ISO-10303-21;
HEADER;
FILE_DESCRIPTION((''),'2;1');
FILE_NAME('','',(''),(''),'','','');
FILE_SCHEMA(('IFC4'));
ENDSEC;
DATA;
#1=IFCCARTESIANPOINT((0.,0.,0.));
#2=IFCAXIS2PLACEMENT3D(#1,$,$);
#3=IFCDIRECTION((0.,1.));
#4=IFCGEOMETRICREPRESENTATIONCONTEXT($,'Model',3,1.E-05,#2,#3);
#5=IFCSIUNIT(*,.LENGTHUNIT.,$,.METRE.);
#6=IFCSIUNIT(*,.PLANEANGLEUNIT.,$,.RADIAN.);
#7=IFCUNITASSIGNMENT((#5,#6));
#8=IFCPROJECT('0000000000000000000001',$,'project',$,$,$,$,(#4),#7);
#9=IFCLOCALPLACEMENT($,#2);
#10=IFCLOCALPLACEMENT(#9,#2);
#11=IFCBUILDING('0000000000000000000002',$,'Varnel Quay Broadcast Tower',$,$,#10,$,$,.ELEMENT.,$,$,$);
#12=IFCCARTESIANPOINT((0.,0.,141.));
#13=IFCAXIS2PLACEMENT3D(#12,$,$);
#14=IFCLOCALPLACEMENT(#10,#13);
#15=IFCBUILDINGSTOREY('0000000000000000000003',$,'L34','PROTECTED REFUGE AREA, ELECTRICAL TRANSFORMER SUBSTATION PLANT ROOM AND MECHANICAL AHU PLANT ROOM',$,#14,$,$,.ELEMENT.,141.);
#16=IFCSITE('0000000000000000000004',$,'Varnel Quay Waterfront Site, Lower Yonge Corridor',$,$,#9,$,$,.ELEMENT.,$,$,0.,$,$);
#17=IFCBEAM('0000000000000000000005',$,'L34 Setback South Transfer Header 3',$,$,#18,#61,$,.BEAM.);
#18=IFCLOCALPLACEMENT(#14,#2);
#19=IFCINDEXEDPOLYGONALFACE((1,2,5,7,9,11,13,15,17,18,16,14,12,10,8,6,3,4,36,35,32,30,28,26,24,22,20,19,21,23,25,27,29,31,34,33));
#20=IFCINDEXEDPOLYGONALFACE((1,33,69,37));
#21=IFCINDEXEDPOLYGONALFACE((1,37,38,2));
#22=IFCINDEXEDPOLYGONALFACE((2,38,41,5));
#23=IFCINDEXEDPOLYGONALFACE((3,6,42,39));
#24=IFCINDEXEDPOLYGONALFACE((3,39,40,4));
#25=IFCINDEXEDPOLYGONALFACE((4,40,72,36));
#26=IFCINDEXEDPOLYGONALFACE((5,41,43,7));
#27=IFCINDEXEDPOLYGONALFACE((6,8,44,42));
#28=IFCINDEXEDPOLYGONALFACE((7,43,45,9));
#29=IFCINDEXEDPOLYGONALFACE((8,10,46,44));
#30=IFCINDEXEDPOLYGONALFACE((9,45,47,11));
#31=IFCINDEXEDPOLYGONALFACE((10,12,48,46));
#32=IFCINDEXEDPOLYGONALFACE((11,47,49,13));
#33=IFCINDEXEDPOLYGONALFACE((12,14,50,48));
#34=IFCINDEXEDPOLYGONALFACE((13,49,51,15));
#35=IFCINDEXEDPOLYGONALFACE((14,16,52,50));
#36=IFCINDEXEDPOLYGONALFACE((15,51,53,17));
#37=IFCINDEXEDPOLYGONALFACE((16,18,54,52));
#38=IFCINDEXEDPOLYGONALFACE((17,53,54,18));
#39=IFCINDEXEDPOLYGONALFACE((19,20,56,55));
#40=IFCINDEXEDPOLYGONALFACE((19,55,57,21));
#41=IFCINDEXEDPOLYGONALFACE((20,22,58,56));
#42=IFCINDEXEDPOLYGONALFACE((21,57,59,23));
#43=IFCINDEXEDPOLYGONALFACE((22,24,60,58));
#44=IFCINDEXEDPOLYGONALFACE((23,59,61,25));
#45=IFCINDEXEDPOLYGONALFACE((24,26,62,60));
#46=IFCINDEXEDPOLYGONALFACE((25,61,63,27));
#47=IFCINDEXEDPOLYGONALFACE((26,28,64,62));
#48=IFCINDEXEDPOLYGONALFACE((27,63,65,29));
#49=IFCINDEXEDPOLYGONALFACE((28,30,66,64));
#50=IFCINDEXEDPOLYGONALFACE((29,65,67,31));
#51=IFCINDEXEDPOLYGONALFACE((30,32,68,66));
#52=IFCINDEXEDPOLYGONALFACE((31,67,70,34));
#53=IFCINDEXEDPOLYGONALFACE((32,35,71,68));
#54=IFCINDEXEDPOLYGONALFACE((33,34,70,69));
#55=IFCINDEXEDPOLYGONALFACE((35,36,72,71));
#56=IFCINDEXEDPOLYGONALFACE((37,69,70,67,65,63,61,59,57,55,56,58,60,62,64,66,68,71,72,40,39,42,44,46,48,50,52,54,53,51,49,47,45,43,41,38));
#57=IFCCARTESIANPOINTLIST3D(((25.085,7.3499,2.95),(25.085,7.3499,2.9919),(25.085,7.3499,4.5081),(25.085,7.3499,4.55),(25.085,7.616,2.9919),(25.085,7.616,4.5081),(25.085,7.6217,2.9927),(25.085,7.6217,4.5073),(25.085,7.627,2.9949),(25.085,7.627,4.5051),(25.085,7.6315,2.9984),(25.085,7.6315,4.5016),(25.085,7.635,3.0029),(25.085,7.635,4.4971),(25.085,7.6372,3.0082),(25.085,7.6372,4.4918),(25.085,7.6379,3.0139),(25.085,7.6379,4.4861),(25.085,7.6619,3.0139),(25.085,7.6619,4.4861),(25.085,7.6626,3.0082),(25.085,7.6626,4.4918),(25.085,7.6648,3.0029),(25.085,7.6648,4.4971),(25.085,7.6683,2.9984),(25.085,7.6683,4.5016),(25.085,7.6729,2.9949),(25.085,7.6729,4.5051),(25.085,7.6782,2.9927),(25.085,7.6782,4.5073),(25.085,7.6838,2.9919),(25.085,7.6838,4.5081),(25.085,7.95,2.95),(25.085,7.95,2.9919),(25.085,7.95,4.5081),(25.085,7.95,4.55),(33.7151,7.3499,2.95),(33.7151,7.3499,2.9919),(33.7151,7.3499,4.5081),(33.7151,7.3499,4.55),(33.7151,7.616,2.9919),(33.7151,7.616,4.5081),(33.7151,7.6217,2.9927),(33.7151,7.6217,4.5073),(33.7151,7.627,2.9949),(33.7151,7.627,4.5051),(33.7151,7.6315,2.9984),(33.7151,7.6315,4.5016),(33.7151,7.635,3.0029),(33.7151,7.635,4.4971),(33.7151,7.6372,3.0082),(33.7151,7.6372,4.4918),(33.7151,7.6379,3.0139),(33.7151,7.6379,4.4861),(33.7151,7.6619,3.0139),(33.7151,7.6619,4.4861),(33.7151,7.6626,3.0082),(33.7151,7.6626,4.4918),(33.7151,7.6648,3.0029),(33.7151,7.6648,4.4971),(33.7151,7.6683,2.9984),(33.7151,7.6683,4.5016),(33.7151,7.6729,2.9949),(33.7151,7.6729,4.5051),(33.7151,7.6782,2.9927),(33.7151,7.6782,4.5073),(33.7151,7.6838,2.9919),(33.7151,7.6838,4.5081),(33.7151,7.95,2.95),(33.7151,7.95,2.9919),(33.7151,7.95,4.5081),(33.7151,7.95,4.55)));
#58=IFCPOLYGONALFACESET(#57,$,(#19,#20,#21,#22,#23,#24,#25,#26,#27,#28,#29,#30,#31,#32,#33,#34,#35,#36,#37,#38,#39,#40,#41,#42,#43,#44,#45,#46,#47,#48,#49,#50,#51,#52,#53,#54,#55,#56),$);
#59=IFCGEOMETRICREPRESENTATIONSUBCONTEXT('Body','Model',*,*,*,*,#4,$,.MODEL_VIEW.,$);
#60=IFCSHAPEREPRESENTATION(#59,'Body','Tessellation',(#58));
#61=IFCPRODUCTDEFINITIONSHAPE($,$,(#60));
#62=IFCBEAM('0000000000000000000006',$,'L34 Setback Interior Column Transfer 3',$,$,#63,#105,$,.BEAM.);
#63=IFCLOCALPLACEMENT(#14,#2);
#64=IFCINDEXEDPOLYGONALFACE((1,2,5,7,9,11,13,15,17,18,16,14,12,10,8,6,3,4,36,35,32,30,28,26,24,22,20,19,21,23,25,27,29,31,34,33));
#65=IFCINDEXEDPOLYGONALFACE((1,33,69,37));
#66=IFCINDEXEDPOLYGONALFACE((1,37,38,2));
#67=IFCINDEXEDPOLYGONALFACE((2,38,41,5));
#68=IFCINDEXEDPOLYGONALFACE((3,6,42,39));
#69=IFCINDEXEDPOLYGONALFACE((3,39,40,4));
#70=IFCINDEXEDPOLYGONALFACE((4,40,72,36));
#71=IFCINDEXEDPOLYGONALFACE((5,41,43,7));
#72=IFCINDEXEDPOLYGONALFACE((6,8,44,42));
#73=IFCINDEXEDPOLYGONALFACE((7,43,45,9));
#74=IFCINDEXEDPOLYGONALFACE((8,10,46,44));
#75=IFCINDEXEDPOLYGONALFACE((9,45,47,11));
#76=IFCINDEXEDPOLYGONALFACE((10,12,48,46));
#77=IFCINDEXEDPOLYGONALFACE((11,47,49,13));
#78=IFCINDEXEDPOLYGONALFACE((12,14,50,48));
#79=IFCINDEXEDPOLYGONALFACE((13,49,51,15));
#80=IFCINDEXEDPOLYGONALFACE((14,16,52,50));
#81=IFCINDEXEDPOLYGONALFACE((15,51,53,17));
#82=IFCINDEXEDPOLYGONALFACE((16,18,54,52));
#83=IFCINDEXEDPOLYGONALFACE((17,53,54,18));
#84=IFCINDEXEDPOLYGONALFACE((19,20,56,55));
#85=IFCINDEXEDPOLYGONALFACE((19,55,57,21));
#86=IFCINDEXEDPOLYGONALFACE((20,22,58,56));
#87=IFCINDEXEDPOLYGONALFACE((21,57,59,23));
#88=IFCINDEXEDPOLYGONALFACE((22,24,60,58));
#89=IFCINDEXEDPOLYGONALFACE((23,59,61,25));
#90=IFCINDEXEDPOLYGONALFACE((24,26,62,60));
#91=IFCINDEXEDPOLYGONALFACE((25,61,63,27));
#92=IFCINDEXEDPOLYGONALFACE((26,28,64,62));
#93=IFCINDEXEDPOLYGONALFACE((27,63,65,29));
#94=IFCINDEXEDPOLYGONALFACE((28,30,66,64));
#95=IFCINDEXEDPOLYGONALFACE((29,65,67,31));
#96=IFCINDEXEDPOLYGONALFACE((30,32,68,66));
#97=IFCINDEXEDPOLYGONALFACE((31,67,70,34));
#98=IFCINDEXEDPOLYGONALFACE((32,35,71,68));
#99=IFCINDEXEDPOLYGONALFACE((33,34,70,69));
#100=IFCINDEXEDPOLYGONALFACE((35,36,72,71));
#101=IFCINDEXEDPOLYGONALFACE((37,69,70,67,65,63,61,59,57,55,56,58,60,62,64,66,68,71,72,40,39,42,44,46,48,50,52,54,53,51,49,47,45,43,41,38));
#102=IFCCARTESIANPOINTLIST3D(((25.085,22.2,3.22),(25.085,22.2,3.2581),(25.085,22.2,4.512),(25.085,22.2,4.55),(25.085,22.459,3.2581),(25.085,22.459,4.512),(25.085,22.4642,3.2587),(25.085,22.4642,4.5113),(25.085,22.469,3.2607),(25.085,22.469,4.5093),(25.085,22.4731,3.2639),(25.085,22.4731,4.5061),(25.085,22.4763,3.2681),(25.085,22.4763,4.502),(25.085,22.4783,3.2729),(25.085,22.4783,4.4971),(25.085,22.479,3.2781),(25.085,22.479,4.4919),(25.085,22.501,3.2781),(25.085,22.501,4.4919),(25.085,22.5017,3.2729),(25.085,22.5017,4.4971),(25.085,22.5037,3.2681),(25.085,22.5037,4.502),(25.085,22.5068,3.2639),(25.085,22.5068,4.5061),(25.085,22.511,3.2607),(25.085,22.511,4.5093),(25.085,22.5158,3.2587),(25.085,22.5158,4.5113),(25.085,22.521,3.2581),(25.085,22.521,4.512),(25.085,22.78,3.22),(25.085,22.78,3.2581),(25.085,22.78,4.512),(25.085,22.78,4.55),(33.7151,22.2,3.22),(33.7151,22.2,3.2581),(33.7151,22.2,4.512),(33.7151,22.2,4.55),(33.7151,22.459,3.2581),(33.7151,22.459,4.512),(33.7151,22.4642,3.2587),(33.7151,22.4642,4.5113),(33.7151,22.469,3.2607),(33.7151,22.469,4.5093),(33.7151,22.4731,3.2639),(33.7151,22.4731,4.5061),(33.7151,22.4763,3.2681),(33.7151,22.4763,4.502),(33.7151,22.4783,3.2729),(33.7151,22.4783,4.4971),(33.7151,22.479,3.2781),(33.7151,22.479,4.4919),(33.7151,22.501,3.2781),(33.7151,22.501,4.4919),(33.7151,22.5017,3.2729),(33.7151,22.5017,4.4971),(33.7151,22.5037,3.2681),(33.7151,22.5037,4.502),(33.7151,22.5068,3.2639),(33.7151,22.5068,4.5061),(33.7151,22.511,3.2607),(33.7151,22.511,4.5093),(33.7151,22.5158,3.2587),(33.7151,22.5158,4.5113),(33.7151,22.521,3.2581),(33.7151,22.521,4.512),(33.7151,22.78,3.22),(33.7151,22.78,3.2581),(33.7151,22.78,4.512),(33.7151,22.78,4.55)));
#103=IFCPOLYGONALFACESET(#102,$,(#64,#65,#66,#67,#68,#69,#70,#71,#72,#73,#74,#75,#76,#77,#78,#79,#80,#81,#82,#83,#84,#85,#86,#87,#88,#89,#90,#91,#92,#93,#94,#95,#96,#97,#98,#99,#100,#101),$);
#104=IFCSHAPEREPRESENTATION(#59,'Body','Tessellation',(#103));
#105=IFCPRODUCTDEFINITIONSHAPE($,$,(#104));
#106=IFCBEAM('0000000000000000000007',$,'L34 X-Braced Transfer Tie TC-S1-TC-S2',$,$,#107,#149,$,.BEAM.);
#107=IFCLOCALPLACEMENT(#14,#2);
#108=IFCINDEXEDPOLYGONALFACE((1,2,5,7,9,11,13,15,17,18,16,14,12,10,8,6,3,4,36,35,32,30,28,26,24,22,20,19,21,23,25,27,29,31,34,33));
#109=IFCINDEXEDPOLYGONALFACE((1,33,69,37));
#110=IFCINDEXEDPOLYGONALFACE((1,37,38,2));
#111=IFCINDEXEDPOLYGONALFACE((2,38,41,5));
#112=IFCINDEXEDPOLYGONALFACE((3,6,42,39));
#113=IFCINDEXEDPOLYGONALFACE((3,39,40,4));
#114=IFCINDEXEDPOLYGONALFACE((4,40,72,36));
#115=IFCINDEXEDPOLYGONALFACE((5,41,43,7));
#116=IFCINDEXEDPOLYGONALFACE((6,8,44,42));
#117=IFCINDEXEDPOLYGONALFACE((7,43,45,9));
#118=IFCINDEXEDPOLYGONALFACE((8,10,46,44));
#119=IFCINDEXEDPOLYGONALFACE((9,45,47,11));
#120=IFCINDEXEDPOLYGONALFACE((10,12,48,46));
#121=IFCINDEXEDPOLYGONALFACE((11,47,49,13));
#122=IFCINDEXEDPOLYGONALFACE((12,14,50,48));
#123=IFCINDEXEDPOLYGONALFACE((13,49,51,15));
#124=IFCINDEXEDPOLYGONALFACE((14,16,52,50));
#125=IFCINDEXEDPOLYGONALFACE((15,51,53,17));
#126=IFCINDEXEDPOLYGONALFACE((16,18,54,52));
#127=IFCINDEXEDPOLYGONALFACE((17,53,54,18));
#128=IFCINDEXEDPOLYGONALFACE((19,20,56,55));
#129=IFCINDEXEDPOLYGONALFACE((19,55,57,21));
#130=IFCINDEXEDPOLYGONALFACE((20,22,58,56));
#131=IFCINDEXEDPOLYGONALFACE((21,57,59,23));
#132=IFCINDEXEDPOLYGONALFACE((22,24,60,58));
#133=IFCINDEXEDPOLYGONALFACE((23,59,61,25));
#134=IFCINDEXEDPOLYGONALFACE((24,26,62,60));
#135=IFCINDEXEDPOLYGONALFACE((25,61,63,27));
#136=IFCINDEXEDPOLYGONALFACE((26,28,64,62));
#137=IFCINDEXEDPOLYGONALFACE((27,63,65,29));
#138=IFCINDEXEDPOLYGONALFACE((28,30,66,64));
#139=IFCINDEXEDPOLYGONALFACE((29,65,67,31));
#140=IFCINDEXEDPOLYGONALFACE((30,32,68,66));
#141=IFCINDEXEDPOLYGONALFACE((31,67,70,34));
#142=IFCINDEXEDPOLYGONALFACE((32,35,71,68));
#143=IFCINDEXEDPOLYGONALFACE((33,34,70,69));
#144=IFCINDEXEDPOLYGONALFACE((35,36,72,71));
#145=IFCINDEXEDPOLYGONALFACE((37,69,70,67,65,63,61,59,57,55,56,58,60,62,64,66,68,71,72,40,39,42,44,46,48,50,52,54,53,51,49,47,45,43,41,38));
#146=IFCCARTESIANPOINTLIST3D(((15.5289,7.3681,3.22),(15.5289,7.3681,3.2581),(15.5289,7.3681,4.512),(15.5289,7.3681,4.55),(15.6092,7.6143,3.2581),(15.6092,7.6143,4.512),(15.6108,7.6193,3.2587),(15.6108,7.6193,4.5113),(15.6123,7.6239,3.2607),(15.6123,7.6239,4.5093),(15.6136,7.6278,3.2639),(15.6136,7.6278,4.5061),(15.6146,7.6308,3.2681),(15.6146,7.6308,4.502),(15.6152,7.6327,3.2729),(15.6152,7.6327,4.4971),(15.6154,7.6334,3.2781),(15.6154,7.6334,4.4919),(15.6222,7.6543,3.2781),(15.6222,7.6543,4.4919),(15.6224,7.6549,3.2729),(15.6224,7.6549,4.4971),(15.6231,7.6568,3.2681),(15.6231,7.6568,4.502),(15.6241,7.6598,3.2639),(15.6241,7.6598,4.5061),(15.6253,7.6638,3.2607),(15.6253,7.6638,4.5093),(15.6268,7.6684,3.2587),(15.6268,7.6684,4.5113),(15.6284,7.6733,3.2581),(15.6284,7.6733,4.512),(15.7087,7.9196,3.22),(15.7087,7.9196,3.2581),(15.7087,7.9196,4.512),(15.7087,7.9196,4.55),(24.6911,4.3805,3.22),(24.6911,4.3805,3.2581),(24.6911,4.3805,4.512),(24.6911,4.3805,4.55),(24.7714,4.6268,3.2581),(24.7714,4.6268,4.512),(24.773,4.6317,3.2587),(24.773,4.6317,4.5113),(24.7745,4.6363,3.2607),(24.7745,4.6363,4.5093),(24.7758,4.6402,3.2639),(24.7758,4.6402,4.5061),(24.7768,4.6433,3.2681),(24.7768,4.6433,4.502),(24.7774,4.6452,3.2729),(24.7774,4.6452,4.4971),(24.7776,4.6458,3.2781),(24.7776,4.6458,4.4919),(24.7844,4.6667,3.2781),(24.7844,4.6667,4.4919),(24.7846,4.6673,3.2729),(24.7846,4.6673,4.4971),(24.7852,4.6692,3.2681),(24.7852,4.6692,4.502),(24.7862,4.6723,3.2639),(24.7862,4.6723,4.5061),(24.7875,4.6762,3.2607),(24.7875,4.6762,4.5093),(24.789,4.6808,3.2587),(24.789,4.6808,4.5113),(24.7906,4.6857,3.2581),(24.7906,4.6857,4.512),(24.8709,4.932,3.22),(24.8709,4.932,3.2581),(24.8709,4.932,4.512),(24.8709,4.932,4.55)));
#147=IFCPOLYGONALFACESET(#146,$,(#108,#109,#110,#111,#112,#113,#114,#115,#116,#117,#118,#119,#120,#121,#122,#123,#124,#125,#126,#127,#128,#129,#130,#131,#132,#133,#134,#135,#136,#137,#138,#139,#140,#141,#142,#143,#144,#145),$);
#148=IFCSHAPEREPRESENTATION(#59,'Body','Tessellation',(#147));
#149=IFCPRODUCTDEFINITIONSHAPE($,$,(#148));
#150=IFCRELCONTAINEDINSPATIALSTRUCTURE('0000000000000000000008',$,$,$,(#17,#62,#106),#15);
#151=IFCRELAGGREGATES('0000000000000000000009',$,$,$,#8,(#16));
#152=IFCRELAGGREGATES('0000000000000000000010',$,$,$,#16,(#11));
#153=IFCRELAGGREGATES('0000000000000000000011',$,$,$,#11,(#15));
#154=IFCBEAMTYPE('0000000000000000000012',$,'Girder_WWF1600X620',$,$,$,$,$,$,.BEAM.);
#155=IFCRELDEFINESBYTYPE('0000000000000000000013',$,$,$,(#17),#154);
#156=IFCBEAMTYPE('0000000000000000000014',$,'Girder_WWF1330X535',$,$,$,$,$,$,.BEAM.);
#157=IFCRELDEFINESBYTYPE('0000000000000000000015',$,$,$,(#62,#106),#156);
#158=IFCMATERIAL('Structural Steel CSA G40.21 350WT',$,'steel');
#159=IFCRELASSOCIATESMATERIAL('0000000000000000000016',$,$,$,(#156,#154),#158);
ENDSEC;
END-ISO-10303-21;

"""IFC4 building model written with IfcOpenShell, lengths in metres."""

from ifc_helpers import new_model, si_unit, direction, frame, origin, origin_2d, place, context, subcontext, project, spatial, i_section, extrude, source, transform, mapped, material, material_profile, profile_set, type_object, element, save


model = new_model("IFC4")

# Units and contexts
model_context = context("Model", 3, precision=1e-05, world=origin(), true_north=direction((0.0, 1.0)))
body_context = subcontext(model_context, "Body", "Model", "MODEL_VIEW")
ifc_project = project(units=[si_unit("LENGTHUNIT", "METRE"), si_unit("PLANEANGLEUNIT", "RADIAN")], contexts=[model_context])

# Site, building, storey
site_placement = place(None, origin())
site = spatial("IfcSite", under=ifc_project, at=site_placement, Name="Varnel Quay Waterfront Site, Lower Yonge Corridor", CompositionType="ELEMENT", RefElevation=0.0)
building_placement = place(site_placement, origin())
building = spatial("IfcBuilding", under=site, at=building_placement, Name="Varnel Quay Broadcast Tower", CompositionType="ELEMENT")
storey_placement = place(building_placement, frame((0.0, 0.0, 141.0)))
storey = spatial("IfcBuildingStorey", under=building, at=storey_placement, Name="L34", Description="PROTECTED REFUGE AREA, ELECTRICAL TRANSFORMER SUBSTATION PLANT ROOM AND MECHANICAL AHU PLANT ROOM", CompositionType="ELEMENT", Elevation=141.0)

# Beams
ifc_material_1 = material(Name="Structural Steel CSA G40.21 350WT", Category="steel")
ifc_material_profile_1 = material_profile(ifc_material_1, i_section(OverallWidth=0.5801, OverallDepth=1.3301, WebThickness=0.022, FlangeThickness=0.0381, FilletRadius=0.02, at=origin_2d()), Name="WWF1330X535")
ifc_profile_set_1 = profile_set([ifc_material_profile_1], Name="Structural Steel CSA G40.21 350WT")
beam_type_1 = type_object("IfcBeamType", Name="Girder_WWF1330X535", PredefinedType="BEAM", material=ifc_profile_set_1)
ifc_material_profile_2 = material_profile(ifc_material_1, i_section(OverallWidth=0.6001, OverallDepth=1.6001, WebThickness=0.0239, FlangeThickness=0.042, FilletRadius=0.022, at=origin_2d()), Name="WWF1600X620")
ifc_profile_set_2 = profile_set([ifc_material_profile_2], Name="Structural Steel CSA G40.21 350WT")
beam_type_2 = type_object("IfcBeamType", Name="Girder_WWF1600X620", PredefinedType="BEAM", material=ifc_profile_set_2)
shared_shape_1 = source(origin(), body_context, "Body", "SweptSolid", [
    extrude(i_section(OverallWidth=0.6001, OverallDepth=1.6001, WebThickness=0.0239, FlangeThickness=0.042, FilletRadius=0.022, at=origin_2d()), origin(), (0.0, 0.0, 1.0), 8.6301),
])
beam_1_placement = place(storey_placement, frame((25.085, 7.6499, 3.75), z_axis=(1.0, 0.0, 0.0), x_axis=(0.0, 1.0, 0.0)))
element("IfcBeam", 1, at=beam_1_placement, inside=storey, type_object=beam_type_2, Name="L34 Setback South Transfer Header 3", PredefinedType="BEAM", context=body_context, shape_type="MappedRepresentation", body=[
    mapped(shared_shape_1, transform((0.0, 0.0, 0.0), x_axis=(1.0, 0.0, 0.0), y_axis=(0.0, 1.0, 0.0), z_axis=(0.0, 0.0, 1.0), scale=1.0)),
])
shared_shape_2 = source(origin(), body_context, "Body", "SweptSolid", [
    extrude(i_section(OverallWidth=0.5801, OverallDepth=1.3301, WebThickness=0.022, FlangeThickness=0.0381, FilletRadius=0.02, at=origin_2d()), origin(), (0.0, 0.0, 1.0), 8.6301),
])
beam_2_placement = place(storey_placement, frame((25.085, 22.49, 3.885), z_axis=(1.0, 0.0, 0.0), x_axis=(0.0, 1.0, 0.0)))
element("IfcBeam", 2, at=beam_2_placement, inside=storey, type_object=beam_type_1, Name="L34 Setback Interior Column Transfer 3", PredefinedType="BEAM", context=body_context, shape_type="MappedRepresentation", body=[
    mapped(shared_shape_2, transform((0.0, 0.0, 0.0), x_axis=(1.0, 0.0, 0.0), y_axis=(0.0, 1.0, 0.0), z_axis=(0.0, 0.0, 1.0), scale=1.0)),
])
shared_shape_3 = source(origin(), body_context, "Body", "SweptSolid", [
    extrude(i_section(OverallWidth=0.5801, OverallDepth=1.3301, WebThickness=0.022, FlangeThickness=0.0381, FilletRadius=0.02, at=origin_2d()), origin(), (0.0, 0.0, 1.0), 9.637),
])
beam_3_placement = place(storey_placement, frame((24.781, 4.6562, 3.885), z_axis=(-0.950733, 0.310012, 0.0), x_axis=(-0.310012, -0.950733, 0.0)))
element("IfcBeam", 3, at=beam_3_placement, inside=storey, type_object=beam_type_1, Name="L34 X-Braced Transfer Tie TC-S1-TC-S2", PredefinedType="BEAM", context=body_context, shape_type="MappedRepresentation", body=[
    mapped(shared_shape_3, transform((0.0, 0.0, 0.0), x_axis=(1.0, 0.0, 0.0), y_axis=(0.0, 1.0, 0.0), z_axis=(0.0, 0.0, 1.0), scale=1.0)),
])

save(model, "model.ifc")
